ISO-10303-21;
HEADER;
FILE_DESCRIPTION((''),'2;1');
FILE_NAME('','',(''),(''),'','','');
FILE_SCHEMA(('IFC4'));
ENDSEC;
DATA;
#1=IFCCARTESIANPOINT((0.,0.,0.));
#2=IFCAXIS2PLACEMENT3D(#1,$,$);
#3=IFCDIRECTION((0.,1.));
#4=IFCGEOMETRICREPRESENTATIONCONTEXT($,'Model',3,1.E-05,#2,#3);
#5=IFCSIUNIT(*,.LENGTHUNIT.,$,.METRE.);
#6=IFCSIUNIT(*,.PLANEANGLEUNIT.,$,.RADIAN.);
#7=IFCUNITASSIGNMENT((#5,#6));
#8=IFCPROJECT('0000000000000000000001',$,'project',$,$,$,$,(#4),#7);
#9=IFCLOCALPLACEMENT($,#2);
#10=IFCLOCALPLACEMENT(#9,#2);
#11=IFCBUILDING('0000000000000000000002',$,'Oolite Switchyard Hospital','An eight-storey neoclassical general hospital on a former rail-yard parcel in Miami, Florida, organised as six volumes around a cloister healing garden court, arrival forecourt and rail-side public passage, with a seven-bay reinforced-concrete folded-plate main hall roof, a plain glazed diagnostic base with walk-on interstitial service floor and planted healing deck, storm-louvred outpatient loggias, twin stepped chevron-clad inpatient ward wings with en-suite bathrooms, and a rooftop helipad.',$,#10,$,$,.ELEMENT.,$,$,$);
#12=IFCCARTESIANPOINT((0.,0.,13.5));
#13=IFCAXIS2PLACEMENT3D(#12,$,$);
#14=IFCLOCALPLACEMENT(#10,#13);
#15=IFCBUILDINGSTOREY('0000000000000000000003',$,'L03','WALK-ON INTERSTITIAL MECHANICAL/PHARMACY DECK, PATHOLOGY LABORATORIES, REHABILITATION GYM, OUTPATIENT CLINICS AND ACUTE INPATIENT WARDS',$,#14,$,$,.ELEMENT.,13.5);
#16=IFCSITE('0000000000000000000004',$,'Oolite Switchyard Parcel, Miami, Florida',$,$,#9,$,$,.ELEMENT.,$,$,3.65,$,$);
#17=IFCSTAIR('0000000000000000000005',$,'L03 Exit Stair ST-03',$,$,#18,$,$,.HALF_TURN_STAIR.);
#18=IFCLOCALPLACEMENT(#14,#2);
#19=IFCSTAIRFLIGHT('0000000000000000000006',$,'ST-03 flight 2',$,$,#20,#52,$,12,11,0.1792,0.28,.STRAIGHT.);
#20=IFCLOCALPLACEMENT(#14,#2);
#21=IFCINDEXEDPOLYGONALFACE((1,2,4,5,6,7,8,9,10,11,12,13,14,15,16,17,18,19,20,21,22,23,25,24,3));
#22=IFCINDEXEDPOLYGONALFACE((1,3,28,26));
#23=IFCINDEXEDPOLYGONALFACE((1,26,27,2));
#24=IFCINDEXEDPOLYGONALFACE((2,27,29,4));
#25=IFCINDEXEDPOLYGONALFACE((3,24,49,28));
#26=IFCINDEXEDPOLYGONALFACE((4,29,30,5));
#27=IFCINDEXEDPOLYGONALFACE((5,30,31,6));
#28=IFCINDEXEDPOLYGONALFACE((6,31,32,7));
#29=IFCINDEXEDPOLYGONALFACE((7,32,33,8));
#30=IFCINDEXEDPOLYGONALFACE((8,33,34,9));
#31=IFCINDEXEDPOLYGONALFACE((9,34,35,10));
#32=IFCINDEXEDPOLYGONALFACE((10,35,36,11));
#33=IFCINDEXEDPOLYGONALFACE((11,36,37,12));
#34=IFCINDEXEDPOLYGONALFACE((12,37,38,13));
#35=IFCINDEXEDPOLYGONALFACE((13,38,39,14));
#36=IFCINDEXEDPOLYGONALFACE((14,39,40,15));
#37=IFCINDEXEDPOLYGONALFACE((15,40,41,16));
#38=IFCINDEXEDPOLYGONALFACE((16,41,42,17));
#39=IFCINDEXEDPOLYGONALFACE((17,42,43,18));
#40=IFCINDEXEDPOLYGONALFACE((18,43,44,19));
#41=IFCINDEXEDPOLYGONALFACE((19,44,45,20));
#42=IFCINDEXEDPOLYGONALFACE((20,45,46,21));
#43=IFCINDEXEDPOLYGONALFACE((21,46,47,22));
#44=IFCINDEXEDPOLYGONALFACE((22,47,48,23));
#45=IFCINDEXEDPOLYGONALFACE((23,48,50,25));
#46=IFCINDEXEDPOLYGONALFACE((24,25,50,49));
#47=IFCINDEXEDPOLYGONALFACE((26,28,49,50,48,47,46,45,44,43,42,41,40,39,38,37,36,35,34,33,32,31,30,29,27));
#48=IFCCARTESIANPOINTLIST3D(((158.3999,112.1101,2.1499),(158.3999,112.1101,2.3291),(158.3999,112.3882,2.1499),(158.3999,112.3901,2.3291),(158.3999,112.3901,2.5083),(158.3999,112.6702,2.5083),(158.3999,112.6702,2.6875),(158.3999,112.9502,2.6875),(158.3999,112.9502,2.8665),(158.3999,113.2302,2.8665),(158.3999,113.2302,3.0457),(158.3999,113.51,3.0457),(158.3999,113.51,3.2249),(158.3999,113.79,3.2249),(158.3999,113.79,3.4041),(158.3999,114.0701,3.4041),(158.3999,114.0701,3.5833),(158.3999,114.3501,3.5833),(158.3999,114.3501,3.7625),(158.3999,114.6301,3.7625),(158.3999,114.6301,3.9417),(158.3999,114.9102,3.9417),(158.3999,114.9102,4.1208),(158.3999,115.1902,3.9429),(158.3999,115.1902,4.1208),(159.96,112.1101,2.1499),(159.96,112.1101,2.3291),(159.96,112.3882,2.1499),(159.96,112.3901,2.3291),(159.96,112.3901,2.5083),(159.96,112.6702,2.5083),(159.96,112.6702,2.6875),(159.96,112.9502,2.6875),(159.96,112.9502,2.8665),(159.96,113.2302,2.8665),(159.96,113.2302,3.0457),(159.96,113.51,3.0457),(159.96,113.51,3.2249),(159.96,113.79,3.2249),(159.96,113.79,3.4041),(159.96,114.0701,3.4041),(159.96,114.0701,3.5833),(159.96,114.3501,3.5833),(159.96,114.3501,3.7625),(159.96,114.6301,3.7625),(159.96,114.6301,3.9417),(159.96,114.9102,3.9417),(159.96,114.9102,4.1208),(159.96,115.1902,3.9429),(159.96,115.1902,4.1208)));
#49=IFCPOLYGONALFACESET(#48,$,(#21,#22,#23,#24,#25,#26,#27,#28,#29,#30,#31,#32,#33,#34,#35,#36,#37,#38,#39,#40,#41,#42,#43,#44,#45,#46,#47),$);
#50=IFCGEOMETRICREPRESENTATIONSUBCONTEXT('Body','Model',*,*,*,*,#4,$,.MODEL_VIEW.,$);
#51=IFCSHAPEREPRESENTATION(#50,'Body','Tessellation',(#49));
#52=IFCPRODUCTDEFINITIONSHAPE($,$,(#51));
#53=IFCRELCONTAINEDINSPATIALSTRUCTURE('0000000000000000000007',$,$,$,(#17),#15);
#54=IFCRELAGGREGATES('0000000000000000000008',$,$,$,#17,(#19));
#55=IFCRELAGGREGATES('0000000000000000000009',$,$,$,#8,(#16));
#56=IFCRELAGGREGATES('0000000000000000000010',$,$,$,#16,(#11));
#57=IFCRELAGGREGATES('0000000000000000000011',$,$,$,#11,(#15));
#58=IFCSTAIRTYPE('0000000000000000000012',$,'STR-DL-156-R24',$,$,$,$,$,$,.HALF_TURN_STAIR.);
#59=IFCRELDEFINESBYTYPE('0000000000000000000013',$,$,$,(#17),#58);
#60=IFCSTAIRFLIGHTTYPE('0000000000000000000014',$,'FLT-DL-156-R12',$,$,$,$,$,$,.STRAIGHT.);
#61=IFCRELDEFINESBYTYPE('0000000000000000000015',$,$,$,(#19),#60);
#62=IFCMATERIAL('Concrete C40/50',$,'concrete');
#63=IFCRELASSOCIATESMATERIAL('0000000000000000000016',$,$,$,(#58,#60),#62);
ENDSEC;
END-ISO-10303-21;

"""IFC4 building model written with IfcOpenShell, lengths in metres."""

from ifc_helpers import new_model, si_unit, direction, frame, origin, place, context, subcontext, project, spatial, polyline, outline, extrude, material, type_object, element, aggregate, save


model = new_model("IFC4")

# Units and contexts
model_context = context("Model", 3, precision=1e-05, world=origin(), true_north=direction((0.0, 1.0)))
body_context = subcontext(model_context, "Body", "Model", "MODEL_VIEW")
ifc_project = project(units=[si_unit("LENGTHUNIT", "METRE"), si_unit("PLANEANGLEUNIT", "RADIAN")], contexts=[model_context])

# Site, building, storey
site_placement = place(None, origin())
site = spatial("IfcSite", under=ifc_project, at=site_placement, Name="Oolite Switchyard Parcel, Miami, Florida", CompositionType="ELEMENT", RefElevation=3.65)
building_placement = place(site_placement, origin())
building = spatial("IfcBuilding", under=site, at=building_placement, Name="Oolite Switchyard Hospital", Description="An eight-storey neoclassical general hospital on a former rail-yard parcel in Miami, Florida, organised as six volumes around a cloister healing garden court, arrival forecourt and rail-side public passage, with a seven-bay reinforced-concrete folded-plate main hall roof, a plain glazed diagnostic base with walk-on interstitial service floor and planted healing deck, storm-louvred outpatient loggias, twin stepped chevron-clad inpatient ward wings with en-suite bathrooms, and a rooftop helipad.", CompositionType="ELEMENT")
storey_placement = place(building_placement, frame((0.0, 0.0, 13.5)))
storey = spatial("IfcBuildingStorey", under=building, at=storey_placement, Name="L03", Description="WALK-ON INTERSTITIAL MECHANICAL/PHARMACY DECK, PATHOLOGY LABORATORIES, REHABILITATION GYM, OUTPATIENT CLINICS AND ACUTE INPATIENT WARDS", CompositionType="ELEMENT", Elevation=13.5)

# Shared definitions
ifc_material_1 = material(Name="Concrete C40/50", Category="concrete")

# Stair, stair flight
stair_type = type_object("IfcStairType", Name="STR-DL-156-R24", PredefinedType="HALF_TURN_STAIR", material=ifc_material_1)
stair_placement = place(storey_placement, origin())
stair = element("IfcStair", 1, at=stair_placement, inside=storey, type_object=stair_type, Name="L03 Exit Stair ST-03", PredefinedType="HALF_TURN_STAIR")
stair_flight_type = type_object("IfcStairFlightType", Name="FLT-DL-156-R12", PredefinedType="STRAIGHT", material=ifc_material_1)
stair_flight_1_placement = place(storey_placement, frame((159.1799, 112.1101, 2.1499), z_axis=(0.0, 0.0, 1.0), x_axis=(0.0, 1.0, 0.0)))
stair_flight_1 = element("IfcStairFlight", 2, at=stair_flight_1_placement, type_object=stair_flight_type, Name="ST-03 flight 2", NumberOfRisers=12, NumberOfTreads=11, PredefinedType="STRAIGHT", RiserHeight=0.1792, TreadLength=0.28, context=body_context, shape_type="SweptSolid", body=[
    extrude(outline(polyline([(0.0, 0.0), (0.0, 0.1792), (0.28, 0.1792), (0.28, 0.3584), (0.5601, 0.3584), (0.5601, 0.5376), (0.8401, 0.5376), (0.8401, 0.7166), (1.1201, 0.7166), (1.1201, 0.8958), (1.3999, 0.8958), (1.3999, 1.075), (1.6799, 1.075), (1.6799, 1.2542), (1.96, 1.2542), (1.96, 1.4333), (2.24, 1.4333), (2.24, 1.6125), (2.52, 1.6125), (2.52, 1.7917), (2.8, 1.7917), (2.8, 1.9709), (3.0801, 1.9709), (3.0801, 2.1499), (3.0801, 1.793), (0.2781, 0.0), (0.0, 0.0)])), frame((0.0, 0.78, 0.0), z_axis=(0.0, -1.0, 0.0), x_axis=(1.0, 0.0, 0.0)), (0.0, 0.0, 1.0), 1.5601),
])
aggregate(stair, [stair_flight_1])

save(model, "model.ifc")
